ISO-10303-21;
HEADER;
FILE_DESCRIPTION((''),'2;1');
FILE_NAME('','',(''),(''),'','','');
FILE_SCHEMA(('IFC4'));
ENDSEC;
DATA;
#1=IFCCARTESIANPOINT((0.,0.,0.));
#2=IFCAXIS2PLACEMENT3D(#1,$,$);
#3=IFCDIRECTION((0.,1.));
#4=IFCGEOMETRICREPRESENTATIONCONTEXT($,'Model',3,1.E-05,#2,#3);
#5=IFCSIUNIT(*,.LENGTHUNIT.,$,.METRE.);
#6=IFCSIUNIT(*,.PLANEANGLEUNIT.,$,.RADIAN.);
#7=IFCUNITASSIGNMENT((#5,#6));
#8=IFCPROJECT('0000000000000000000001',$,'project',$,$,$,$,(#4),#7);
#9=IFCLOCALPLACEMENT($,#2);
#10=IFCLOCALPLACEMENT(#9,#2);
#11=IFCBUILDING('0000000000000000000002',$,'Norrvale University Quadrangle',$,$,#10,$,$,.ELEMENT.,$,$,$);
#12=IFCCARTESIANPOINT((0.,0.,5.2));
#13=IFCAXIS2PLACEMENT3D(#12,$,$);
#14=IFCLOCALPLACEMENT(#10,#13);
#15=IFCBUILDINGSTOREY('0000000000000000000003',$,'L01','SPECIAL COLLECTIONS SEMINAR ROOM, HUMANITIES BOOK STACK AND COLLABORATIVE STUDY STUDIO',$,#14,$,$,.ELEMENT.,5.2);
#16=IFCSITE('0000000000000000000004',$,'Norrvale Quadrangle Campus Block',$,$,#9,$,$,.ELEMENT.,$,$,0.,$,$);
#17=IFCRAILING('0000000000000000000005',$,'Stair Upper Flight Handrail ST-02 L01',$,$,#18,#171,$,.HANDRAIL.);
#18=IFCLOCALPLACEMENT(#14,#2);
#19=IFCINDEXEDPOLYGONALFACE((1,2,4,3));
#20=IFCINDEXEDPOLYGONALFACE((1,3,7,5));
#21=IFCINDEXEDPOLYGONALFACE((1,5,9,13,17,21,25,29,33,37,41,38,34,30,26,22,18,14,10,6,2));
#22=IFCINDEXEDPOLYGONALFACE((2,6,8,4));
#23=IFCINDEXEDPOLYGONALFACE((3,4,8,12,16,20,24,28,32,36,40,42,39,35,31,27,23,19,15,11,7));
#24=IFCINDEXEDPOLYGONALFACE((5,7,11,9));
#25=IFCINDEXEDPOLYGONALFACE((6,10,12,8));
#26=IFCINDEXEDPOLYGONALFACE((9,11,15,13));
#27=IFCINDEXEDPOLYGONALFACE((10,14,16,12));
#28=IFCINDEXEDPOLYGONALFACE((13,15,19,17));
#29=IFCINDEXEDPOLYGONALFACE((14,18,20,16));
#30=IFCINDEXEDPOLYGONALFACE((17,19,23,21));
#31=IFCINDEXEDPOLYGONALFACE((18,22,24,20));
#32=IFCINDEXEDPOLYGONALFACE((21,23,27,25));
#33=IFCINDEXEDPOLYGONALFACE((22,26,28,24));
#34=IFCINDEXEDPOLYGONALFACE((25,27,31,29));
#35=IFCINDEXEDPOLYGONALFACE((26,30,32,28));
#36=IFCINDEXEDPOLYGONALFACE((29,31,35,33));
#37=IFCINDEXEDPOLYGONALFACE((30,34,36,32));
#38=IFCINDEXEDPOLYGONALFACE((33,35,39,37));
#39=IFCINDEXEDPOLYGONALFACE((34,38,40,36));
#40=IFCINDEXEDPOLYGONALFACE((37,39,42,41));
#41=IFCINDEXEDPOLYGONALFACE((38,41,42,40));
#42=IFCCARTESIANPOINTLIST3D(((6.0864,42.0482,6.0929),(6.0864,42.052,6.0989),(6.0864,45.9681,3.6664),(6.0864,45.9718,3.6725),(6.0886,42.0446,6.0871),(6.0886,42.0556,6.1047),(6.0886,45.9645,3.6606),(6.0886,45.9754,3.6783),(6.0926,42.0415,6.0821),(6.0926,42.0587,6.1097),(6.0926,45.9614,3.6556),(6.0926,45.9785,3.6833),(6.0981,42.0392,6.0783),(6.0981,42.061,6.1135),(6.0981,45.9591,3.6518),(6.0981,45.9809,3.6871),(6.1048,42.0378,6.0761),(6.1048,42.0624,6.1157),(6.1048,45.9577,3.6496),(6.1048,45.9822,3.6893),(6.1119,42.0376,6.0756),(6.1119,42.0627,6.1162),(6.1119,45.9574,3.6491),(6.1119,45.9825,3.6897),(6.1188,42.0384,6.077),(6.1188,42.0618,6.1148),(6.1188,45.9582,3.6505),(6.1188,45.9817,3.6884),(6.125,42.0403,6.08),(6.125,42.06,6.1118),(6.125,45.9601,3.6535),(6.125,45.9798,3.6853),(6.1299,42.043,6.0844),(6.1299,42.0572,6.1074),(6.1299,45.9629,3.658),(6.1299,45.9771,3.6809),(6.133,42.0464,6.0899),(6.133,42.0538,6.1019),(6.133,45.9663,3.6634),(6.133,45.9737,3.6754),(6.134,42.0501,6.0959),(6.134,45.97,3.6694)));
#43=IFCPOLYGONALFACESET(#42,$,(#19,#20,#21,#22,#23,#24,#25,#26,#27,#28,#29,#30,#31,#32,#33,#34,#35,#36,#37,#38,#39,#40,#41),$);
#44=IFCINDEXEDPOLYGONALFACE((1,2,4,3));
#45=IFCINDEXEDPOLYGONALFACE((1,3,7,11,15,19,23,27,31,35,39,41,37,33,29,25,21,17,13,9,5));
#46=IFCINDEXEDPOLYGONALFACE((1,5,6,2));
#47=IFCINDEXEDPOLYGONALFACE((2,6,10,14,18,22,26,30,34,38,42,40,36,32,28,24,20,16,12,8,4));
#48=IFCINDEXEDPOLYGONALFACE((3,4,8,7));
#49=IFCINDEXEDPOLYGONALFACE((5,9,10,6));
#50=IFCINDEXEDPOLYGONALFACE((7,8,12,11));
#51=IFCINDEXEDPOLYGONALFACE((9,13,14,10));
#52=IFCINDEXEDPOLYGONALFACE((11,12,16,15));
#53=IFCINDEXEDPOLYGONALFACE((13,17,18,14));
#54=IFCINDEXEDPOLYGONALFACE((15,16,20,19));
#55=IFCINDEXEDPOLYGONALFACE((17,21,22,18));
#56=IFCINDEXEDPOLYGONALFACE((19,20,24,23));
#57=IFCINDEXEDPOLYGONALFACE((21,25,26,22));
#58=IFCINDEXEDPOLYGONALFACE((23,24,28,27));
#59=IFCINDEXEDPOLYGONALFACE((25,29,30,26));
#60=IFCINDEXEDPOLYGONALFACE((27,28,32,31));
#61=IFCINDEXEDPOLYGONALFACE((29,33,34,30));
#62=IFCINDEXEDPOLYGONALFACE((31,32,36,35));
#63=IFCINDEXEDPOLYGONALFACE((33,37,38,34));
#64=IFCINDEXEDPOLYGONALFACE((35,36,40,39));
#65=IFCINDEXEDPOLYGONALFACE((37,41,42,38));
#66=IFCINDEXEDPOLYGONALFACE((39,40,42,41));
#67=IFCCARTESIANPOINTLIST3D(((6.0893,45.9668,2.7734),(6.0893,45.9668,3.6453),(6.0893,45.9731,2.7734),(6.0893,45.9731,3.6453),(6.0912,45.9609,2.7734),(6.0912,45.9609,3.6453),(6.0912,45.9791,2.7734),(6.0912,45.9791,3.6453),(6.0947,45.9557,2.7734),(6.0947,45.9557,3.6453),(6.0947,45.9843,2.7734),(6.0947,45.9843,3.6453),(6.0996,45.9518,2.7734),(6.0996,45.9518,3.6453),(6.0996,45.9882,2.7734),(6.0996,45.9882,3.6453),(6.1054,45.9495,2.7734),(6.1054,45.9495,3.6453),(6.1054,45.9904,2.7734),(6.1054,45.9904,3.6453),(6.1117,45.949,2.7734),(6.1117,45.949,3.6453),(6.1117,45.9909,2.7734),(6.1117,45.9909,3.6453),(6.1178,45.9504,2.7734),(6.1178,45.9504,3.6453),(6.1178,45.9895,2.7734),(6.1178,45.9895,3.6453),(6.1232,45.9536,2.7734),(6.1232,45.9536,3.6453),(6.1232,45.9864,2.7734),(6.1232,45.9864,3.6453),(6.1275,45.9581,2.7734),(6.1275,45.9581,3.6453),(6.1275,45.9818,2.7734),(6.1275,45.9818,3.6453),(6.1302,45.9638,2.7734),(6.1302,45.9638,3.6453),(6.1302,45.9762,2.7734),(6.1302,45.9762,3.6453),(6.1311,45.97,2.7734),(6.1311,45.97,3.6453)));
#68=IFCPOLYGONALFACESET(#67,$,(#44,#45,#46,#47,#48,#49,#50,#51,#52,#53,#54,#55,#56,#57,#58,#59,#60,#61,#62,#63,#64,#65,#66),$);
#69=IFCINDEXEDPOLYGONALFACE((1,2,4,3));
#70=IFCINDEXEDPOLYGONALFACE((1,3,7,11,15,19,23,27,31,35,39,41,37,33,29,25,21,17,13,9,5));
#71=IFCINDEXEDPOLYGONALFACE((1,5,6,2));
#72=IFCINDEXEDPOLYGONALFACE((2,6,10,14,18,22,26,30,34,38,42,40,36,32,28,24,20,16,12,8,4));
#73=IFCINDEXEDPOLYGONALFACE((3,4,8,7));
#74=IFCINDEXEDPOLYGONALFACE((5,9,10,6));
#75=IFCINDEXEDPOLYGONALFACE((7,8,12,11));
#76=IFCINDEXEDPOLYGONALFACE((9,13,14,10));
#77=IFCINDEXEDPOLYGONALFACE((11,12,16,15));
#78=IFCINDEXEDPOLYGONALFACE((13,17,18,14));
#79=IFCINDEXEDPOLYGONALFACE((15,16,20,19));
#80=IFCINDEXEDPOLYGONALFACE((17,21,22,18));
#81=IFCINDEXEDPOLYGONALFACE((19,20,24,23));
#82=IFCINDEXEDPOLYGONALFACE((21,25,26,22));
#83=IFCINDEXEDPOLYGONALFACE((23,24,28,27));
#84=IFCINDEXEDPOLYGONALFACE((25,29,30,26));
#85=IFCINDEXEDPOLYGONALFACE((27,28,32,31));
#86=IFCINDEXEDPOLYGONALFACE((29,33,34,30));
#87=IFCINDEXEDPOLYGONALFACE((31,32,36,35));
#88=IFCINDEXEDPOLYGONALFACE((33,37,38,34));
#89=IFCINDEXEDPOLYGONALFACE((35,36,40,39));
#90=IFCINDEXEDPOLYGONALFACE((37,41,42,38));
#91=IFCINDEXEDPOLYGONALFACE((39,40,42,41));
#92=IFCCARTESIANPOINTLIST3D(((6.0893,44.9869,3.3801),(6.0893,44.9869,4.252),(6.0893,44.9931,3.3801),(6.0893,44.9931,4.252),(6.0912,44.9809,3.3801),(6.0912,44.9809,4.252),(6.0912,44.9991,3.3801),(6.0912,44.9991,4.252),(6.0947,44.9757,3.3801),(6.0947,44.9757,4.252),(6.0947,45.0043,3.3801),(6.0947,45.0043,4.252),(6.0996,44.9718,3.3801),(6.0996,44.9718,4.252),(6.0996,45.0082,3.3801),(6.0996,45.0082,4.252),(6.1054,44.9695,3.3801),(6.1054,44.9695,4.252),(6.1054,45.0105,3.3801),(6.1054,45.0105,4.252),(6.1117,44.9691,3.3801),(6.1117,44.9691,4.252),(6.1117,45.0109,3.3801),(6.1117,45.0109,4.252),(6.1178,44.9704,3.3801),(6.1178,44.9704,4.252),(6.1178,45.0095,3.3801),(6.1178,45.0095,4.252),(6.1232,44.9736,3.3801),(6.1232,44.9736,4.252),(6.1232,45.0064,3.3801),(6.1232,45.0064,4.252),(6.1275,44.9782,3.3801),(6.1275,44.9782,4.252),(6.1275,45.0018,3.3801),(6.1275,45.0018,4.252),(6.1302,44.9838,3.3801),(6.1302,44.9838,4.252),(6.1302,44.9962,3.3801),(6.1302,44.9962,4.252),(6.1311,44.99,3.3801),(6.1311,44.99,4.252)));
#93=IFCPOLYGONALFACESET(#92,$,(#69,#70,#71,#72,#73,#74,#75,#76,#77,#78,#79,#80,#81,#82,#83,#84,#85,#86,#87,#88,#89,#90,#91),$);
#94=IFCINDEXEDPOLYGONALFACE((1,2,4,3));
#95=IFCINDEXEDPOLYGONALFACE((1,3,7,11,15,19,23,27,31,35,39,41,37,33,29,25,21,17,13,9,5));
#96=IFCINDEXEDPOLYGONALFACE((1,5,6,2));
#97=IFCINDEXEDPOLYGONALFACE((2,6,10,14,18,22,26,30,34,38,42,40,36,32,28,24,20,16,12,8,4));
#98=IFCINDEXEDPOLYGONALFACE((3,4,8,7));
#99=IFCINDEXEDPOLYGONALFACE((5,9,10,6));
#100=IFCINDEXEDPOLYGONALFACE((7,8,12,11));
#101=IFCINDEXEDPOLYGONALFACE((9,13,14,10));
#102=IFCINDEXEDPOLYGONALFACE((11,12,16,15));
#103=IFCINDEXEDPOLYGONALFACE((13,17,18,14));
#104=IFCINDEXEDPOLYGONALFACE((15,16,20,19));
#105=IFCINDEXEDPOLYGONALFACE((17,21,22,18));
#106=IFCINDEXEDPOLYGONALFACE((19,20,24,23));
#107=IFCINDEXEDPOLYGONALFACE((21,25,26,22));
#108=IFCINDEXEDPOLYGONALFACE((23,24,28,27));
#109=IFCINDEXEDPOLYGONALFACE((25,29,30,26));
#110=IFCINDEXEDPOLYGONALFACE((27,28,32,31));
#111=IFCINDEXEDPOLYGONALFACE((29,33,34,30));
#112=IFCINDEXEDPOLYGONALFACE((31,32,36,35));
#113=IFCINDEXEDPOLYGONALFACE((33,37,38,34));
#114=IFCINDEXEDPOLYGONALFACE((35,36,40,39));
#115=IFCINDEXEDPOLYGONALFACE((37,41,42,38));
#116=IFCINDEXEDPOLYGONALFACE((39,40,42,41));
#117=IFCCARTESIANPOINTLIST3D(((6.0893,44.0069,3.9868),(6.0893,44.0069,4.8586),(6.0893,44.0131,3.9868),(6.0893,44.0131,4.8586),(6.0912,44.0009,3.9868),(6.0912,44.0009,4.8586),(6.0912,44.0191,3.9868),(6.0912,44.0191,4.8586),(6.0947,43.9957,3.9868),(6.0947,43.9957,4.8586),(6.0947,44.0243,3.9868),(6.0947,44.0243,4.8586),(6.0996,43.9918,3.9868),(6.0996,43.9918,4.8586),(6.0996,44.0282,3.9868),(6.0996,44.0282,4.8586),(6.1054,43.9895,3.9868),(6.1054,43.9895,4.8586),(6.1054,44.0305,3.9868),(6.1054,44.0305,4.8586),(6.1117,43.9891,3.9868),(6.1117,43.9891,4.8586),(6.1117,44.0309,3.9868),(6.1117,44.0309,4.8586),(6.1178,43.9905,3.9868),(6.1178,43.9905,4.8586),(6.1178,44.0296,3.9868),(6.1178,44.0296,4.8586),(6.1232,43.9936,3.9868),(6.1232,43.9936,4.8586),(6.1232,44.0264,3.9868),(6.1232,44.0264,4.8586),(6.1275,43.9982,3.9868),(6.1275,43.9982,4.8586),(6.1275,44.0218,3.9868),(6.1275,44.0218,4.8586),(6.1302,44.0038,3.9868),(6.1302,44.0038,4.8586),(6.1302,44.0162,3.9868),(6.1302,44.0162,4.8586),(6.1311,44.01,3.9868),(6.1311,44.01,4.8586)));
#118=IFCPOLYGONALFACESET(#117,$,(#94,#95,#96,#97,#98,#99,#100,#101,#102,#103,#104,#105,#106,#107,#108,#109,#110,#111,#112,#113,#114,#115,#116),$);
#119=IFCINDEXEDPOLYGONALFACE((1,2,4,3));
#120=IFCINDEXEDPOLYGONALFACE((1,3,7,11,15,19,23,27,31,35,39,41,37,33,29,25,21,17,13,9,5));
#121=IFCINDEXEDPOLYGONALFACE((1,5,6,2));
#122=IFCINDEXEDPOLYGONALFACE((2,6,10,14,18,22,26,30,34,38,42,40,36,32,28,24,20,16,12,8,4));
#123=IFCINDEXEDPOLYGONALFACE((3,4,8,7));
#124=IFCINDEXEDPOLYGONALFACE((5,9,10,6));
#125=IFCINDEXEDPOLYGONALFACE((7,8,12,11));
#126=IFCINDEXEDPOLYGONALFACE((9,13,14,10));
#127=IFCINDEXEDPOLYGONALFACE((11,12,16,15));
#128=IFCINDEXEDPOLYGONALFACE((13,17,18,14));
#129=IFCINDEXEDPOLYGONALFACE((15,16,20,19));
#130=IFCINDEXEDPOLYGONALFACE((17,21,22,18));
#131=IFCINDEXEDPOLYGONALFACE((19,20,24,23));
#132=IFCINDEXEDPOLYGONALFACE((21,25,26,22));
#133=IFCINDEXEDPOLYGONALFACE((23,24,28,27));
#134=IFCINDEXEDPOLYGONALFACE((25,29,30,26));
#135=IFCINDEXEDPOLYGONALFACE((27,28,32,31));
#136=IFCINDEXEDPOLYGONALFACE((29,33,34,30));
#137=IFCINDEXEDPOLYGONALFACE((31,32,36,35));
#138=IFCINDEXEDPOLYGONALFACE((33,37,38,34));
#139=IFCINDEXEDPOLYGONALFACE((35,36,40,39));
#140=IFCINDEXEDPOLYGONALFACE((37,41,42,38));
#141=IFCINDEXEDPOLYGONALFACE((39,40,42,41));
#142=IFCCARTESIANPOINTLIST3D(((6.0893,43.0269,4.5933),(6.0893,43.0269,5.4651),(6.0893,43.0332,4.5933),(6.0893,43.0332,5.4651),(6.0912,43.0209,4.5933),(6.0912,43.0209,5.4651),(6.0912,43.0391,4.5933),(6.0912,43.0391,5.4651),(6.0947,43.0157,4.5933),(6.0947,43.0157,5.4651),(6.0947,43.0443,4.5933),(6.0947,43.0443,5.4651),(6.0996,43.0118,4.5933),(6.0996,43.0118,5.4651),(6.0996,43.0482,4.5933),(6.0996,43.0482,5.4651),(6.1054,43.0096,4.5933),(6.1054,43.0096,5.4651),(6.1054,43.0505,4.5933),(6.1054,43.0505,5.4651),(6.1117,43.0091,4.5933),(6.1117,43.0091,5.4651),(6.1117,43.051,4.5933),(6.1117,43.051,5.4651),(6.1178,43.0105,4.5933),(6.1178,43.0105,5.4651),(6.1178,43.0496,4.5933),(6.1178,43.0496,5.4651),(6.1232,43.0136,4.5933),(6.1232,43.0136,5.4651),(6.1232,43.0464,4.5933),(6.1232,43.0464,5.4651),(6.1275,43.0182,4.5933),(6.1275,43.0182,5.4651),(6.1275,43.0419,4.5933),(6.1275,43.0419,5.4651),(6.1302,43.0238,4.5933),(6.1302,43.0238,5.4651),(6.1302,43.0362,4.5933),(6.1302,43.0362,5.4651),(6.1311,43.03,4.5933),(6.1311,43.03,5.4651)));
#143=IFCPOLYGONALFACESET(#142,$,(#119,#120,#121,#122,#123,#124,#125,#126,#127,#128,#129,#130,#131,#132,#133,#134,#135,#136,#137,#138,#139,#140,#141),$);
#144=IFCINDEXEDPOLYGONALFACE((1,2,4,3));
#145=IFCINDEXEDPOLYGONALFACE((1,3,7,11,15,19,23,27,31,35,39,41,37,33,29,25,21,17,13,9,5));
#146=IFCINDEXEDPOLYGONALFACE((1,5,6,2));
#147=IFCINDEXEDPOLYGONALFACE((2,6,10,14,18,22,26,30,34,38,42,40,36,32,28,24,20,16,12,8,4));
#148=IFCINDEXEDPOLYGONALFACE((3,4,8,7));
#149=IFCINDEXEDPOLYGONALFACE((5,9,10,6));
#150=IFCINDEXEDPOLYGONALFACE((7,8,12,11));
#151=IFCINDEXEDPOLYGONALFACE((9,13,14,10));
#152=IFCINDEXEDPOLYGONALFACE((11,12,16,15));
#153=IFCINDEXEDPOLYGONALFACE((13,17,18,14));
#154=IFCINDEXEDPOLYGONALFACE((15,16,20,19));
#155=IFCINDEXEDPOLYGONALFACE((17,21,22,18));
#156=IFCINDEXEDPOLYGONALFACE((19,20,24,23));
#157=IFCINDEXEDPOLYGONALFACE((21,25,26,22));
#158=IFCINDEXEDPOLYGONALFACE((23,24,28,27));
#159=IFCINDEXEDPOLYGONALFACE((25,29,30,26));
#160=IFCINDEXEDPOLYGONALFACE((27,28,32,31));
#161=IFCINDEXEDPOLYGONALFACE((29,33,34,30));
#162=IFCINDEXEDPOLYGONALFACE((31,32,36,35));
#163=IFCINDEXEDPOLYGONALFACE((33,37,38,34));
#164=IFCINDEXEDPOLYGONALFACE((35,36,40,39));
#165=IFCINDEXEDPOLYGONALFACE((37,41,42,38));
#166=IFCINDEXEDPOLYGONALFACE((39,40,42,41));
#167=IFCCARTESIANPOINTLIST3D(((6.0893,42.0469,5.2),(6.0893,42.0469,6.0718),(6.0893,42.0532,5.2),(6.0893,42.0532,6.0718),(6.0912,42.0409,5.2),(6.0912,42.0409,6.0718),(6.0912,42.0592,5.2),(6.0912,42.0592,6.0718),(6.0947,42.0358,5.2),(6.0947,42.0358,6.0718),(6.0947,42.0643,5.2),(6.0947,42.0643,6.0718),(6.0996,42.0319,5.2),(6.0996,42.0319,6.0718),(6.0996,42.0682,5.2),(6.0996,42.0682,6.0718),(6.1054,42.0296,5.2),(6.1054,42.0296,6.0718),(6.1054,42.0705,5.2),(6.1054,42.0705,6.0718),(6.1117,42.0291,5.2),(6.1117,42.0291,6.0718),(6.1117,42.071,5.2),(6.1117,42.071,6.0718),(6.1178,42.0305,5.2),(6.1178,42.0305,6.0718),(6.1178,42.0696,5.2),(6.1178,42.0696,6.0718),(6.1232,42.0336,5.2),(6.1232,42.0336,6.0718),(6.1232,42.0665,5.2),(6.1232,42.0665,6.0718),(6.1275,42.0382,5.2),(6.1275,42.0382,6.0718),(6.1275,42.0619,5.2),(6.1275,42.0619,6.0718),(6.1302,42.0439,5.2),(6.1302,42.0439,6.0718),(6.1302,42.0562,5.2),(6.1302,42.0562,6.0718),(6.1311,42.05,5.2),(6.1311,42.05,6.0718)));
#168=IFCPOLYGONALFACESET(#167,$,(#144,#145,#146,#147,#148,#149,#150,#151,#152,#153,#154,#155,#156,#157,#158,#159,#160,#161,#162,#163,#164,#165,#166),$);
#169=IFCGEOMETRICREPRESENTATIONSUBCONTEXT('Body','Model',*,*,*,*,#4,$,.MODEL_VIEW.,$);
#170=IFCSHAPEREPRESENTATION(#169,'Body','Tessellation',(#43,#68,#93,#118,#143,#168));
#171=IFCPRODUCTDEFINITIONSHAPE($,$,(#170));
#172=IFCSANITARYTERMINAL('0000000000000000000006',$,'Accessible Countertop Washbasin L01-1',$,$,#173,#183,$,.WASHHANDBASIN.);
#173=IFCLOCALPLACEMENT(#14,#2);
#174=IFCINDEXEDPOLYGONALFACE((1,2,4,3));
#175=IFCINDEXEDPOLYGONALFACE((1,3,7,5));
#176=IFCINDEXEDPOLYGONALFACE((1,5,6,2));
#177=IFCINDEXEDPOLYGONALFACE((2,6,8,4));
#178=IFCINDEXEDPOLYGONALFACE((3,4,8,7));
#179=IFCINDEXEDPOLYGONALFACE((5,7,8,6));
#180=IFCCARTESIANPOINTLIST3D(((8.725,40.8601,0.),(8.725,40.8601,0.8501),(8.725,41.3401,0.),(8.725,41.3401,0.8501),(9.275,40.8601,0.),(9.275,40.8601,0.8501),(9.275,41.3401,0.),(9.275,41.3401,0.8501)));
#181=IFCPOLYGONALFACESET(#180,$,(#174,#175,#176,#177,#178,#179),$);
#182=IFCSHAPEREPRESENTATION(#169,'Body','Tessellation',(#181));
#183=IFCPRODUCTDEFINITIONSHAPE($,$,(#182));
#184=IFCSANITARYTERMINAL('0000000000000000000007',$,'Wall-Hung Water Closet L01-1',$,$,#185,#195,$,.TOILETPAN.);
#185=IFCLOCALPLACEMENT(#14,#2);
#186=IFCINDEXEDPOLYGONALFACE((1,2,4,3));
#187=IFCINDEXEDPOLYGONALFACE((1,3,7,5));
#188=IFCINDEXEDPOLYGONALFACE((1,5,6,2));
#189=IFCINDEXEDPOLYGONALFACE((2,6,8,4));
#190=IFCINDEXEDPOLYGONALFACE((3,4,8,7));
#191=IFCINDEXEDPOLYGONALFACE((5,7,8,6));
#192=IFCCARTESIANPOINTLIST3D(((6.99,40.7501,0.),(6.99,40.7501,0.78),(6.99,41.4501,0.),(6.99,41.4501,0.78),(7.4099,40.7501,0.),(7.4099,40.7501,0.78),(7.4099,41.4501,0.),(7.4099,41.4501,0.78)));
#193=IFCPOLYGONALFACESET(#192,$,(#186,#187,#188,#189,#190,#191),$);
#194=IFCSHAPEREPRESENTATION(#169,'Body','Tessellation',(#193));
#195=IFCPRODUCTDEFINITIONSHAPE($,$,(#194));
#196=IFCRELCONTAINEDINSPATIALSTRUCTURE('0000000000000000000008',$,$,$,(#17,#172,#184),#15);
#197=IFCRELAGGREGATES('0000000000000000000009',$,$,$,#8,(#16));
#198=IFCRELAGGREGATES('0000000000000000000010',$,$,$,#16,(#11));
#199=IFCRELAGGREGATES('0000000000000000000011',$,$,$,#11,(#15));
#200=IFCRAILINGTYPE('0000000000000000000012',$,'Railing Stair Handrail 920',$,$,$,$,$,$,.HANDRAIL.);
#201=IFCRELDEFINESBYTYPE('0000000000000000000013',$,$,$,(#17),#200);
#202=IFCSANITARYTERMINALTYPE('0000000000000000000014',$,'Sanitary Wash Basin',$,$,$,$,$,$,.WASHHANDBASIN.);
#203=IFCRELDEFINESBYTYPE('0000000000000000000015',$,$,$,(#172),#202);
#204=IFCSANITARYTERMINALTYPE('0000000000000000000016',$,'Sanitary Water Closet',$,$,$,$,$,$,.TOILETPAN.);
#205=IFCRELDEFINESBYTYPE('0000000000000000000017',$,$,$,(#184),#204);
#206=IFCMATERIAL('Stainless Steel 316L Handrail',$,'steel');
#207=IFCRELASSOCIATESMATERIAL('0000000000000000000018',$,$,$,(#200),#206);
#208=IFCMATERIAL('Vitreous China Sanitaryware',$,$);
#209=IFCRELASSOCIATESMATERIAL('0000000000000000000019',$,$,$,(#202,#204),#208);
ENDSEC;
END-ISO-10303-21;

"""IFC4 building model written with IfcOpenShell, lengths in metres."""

from ifc_helpers import new_model, si_unit, direction, frame, origin, origin_2d, place, context, subcontext, project, spatial, rectangle, circle, extrude, material, type_object, element, save


model = new_model("IFC4")

# Units and contexts
model_context = context("Model", 3, precision=1e-05, world=origin(), true_north=direction((0.0, 1.0)))
body_context = subcontext(model_context, "Body", "Model", "MODEL_VIEW")
ifc_project = project(units=[si_unit("LENGTHUNIT", "METRE"), si_unit("PLANEANGLEUNIT", "RADIAN")], contexts=[model_context])

# Site, building, storey
site_placement = place(None, origin())
site = spatial("IfcSite", under=ifc_project, at=site_placement, Name="Norrvale Quadrangle Campus Block", CompositionType="ELEMENT", RefElevation=0.0)
building_placement = place(site_placement, origin())
building = spatial("IfcBuilding", under=site, at=building_placement, Name="Norrvale University Quadrangle", CompositionType="ELEMENT")
storey_placement = place(building_placement, frame((0.0, 0.0, 5.2)))
storey = spatial("IfcBuildingStorey", under=building, at=storey_placement, Name="L01", Description="SPECIAL COLLECTIONS SEMINAR ROOM, HUMANITIES BOOK STACK AND COLLABORATIVE STUDY STUDIO", CompositionType="ELEMENT", Elevation=5.2)

# Railing
ifc_material_1 = material(Name="Stainless Steel 316L Handrail", Category="steel")
railing_type_1 = type_object("IfcRailingType", Name="Railing Stair Handrail 920", PredefinedType="HANDRAIL", material=ifc_material_1)
railing_1_placement = place(storey_placement, frame((6.1101, 45.97, 2.7734)))
element("IfcRailing", 1, at=railing_1_placement, inside=storey, type_object=railing_type_1, Name="Stair Upper Flight Handrail ST-02 L01", PredefinedType="HANDRAIL", context=body_context, shape_type="SweptSolid", body=[
    extrude(circle(Radius=0.0239, at=origin_2d()), frame((0.0, 0.0, 0.896), z_axis=(0.0, -0.850275, 0.526338), x_axis=(1.0, 0.0, 0.0)), (0.0, 0.0, 1.0), 4.6101),
    extrude(circle(Radius=0.021, at=origin_2d()), origin(), (0.0, 0.0, 1.0), 0.8718),
    extrude(circle(Radius=0.021, at=origin_2d()), frame((0.0, -0.98, 0.6067)), (0.0, 0.0, 1.0), 0.8718),
    extrude(circle(Radius=0.021, at=origin_2d()), frame((0.0, -1.96, 1.2134)), (0.0, 0.0, 1.0), 0.8718),
    extrude(circle(Radius=0.021, at=origin_2d()), frame((0.0, -2.9399, 1.8198)), (0.0, 0.0, 1.0), 0.8718),
    extrude(circle(Radius=0.021, at=origin_2d()), frame((0.0, -3.9199, 2.4265)), (0.0, 0.0, 1.0), 0.8718),
])

# Sanitary terminals
ifc_material_2 = material(Name="Vitreous China Sanitaryware")
sanitary_terminal_type_1 = type_object("IfcSanitaryTerminalType", Name="Sanitary Wash Basin", PredefinedType="WASHHANDBASIN", material=ifc_material_2)
sanitary_terminal_1_placement = place(storey_placement, frame((9.0, 41.1001, 0.0), z_axis=(0.0, 0.0, 1.0), x_axis=(1.0, 0.0, 0.0)))
element("IfcSanitaryTerminal", 2, at=sanitary_terminal_1_placement, inside=storey, type_object=sanitary_terminal_type_1, Name="Accessible Countertop Washbasin L01-1", PredefinedType="WASHHANDBASIN", context=body_context, shape_type="SweptSolid", body=[
    extrude(rectangle(XDim=0.55, YDim=0.48, at=origin_2d()), origin(), (0.0, 0.0, 1.0), 0.8501),
])
sanitary_terminal_type_2 = type_object("IfcSanitaryTerminalType", Name="Sanitary Water Closet", PredefinedType="TOILETPAN", material=ifc_material_2)
sanitary_terminal_2_placement = place(storey_placement, frame((7.2, 41.1001, 0.0), z_axis=(0.0, 0.0, 1.0), x_axis=(1.0, 0.0, 0.0)))
element("IfcSanitaryTerminal", 3, at=sanitary_terminal_2_placement, inside=storey, type_object=sanitary_terminal_type_2, Name="Wall-Hung Water Closet L01-1", PredefinedType="TOILETPAN", context=body_context, shape_type="SweptSolid", body=[
    extrude(rectangle(XDim=0.4199, YDim=0.7, at=origin_2d()), origin(), (0.0, 0.0, 1.0), 0.78),
])

save(model, "model.ifc")
